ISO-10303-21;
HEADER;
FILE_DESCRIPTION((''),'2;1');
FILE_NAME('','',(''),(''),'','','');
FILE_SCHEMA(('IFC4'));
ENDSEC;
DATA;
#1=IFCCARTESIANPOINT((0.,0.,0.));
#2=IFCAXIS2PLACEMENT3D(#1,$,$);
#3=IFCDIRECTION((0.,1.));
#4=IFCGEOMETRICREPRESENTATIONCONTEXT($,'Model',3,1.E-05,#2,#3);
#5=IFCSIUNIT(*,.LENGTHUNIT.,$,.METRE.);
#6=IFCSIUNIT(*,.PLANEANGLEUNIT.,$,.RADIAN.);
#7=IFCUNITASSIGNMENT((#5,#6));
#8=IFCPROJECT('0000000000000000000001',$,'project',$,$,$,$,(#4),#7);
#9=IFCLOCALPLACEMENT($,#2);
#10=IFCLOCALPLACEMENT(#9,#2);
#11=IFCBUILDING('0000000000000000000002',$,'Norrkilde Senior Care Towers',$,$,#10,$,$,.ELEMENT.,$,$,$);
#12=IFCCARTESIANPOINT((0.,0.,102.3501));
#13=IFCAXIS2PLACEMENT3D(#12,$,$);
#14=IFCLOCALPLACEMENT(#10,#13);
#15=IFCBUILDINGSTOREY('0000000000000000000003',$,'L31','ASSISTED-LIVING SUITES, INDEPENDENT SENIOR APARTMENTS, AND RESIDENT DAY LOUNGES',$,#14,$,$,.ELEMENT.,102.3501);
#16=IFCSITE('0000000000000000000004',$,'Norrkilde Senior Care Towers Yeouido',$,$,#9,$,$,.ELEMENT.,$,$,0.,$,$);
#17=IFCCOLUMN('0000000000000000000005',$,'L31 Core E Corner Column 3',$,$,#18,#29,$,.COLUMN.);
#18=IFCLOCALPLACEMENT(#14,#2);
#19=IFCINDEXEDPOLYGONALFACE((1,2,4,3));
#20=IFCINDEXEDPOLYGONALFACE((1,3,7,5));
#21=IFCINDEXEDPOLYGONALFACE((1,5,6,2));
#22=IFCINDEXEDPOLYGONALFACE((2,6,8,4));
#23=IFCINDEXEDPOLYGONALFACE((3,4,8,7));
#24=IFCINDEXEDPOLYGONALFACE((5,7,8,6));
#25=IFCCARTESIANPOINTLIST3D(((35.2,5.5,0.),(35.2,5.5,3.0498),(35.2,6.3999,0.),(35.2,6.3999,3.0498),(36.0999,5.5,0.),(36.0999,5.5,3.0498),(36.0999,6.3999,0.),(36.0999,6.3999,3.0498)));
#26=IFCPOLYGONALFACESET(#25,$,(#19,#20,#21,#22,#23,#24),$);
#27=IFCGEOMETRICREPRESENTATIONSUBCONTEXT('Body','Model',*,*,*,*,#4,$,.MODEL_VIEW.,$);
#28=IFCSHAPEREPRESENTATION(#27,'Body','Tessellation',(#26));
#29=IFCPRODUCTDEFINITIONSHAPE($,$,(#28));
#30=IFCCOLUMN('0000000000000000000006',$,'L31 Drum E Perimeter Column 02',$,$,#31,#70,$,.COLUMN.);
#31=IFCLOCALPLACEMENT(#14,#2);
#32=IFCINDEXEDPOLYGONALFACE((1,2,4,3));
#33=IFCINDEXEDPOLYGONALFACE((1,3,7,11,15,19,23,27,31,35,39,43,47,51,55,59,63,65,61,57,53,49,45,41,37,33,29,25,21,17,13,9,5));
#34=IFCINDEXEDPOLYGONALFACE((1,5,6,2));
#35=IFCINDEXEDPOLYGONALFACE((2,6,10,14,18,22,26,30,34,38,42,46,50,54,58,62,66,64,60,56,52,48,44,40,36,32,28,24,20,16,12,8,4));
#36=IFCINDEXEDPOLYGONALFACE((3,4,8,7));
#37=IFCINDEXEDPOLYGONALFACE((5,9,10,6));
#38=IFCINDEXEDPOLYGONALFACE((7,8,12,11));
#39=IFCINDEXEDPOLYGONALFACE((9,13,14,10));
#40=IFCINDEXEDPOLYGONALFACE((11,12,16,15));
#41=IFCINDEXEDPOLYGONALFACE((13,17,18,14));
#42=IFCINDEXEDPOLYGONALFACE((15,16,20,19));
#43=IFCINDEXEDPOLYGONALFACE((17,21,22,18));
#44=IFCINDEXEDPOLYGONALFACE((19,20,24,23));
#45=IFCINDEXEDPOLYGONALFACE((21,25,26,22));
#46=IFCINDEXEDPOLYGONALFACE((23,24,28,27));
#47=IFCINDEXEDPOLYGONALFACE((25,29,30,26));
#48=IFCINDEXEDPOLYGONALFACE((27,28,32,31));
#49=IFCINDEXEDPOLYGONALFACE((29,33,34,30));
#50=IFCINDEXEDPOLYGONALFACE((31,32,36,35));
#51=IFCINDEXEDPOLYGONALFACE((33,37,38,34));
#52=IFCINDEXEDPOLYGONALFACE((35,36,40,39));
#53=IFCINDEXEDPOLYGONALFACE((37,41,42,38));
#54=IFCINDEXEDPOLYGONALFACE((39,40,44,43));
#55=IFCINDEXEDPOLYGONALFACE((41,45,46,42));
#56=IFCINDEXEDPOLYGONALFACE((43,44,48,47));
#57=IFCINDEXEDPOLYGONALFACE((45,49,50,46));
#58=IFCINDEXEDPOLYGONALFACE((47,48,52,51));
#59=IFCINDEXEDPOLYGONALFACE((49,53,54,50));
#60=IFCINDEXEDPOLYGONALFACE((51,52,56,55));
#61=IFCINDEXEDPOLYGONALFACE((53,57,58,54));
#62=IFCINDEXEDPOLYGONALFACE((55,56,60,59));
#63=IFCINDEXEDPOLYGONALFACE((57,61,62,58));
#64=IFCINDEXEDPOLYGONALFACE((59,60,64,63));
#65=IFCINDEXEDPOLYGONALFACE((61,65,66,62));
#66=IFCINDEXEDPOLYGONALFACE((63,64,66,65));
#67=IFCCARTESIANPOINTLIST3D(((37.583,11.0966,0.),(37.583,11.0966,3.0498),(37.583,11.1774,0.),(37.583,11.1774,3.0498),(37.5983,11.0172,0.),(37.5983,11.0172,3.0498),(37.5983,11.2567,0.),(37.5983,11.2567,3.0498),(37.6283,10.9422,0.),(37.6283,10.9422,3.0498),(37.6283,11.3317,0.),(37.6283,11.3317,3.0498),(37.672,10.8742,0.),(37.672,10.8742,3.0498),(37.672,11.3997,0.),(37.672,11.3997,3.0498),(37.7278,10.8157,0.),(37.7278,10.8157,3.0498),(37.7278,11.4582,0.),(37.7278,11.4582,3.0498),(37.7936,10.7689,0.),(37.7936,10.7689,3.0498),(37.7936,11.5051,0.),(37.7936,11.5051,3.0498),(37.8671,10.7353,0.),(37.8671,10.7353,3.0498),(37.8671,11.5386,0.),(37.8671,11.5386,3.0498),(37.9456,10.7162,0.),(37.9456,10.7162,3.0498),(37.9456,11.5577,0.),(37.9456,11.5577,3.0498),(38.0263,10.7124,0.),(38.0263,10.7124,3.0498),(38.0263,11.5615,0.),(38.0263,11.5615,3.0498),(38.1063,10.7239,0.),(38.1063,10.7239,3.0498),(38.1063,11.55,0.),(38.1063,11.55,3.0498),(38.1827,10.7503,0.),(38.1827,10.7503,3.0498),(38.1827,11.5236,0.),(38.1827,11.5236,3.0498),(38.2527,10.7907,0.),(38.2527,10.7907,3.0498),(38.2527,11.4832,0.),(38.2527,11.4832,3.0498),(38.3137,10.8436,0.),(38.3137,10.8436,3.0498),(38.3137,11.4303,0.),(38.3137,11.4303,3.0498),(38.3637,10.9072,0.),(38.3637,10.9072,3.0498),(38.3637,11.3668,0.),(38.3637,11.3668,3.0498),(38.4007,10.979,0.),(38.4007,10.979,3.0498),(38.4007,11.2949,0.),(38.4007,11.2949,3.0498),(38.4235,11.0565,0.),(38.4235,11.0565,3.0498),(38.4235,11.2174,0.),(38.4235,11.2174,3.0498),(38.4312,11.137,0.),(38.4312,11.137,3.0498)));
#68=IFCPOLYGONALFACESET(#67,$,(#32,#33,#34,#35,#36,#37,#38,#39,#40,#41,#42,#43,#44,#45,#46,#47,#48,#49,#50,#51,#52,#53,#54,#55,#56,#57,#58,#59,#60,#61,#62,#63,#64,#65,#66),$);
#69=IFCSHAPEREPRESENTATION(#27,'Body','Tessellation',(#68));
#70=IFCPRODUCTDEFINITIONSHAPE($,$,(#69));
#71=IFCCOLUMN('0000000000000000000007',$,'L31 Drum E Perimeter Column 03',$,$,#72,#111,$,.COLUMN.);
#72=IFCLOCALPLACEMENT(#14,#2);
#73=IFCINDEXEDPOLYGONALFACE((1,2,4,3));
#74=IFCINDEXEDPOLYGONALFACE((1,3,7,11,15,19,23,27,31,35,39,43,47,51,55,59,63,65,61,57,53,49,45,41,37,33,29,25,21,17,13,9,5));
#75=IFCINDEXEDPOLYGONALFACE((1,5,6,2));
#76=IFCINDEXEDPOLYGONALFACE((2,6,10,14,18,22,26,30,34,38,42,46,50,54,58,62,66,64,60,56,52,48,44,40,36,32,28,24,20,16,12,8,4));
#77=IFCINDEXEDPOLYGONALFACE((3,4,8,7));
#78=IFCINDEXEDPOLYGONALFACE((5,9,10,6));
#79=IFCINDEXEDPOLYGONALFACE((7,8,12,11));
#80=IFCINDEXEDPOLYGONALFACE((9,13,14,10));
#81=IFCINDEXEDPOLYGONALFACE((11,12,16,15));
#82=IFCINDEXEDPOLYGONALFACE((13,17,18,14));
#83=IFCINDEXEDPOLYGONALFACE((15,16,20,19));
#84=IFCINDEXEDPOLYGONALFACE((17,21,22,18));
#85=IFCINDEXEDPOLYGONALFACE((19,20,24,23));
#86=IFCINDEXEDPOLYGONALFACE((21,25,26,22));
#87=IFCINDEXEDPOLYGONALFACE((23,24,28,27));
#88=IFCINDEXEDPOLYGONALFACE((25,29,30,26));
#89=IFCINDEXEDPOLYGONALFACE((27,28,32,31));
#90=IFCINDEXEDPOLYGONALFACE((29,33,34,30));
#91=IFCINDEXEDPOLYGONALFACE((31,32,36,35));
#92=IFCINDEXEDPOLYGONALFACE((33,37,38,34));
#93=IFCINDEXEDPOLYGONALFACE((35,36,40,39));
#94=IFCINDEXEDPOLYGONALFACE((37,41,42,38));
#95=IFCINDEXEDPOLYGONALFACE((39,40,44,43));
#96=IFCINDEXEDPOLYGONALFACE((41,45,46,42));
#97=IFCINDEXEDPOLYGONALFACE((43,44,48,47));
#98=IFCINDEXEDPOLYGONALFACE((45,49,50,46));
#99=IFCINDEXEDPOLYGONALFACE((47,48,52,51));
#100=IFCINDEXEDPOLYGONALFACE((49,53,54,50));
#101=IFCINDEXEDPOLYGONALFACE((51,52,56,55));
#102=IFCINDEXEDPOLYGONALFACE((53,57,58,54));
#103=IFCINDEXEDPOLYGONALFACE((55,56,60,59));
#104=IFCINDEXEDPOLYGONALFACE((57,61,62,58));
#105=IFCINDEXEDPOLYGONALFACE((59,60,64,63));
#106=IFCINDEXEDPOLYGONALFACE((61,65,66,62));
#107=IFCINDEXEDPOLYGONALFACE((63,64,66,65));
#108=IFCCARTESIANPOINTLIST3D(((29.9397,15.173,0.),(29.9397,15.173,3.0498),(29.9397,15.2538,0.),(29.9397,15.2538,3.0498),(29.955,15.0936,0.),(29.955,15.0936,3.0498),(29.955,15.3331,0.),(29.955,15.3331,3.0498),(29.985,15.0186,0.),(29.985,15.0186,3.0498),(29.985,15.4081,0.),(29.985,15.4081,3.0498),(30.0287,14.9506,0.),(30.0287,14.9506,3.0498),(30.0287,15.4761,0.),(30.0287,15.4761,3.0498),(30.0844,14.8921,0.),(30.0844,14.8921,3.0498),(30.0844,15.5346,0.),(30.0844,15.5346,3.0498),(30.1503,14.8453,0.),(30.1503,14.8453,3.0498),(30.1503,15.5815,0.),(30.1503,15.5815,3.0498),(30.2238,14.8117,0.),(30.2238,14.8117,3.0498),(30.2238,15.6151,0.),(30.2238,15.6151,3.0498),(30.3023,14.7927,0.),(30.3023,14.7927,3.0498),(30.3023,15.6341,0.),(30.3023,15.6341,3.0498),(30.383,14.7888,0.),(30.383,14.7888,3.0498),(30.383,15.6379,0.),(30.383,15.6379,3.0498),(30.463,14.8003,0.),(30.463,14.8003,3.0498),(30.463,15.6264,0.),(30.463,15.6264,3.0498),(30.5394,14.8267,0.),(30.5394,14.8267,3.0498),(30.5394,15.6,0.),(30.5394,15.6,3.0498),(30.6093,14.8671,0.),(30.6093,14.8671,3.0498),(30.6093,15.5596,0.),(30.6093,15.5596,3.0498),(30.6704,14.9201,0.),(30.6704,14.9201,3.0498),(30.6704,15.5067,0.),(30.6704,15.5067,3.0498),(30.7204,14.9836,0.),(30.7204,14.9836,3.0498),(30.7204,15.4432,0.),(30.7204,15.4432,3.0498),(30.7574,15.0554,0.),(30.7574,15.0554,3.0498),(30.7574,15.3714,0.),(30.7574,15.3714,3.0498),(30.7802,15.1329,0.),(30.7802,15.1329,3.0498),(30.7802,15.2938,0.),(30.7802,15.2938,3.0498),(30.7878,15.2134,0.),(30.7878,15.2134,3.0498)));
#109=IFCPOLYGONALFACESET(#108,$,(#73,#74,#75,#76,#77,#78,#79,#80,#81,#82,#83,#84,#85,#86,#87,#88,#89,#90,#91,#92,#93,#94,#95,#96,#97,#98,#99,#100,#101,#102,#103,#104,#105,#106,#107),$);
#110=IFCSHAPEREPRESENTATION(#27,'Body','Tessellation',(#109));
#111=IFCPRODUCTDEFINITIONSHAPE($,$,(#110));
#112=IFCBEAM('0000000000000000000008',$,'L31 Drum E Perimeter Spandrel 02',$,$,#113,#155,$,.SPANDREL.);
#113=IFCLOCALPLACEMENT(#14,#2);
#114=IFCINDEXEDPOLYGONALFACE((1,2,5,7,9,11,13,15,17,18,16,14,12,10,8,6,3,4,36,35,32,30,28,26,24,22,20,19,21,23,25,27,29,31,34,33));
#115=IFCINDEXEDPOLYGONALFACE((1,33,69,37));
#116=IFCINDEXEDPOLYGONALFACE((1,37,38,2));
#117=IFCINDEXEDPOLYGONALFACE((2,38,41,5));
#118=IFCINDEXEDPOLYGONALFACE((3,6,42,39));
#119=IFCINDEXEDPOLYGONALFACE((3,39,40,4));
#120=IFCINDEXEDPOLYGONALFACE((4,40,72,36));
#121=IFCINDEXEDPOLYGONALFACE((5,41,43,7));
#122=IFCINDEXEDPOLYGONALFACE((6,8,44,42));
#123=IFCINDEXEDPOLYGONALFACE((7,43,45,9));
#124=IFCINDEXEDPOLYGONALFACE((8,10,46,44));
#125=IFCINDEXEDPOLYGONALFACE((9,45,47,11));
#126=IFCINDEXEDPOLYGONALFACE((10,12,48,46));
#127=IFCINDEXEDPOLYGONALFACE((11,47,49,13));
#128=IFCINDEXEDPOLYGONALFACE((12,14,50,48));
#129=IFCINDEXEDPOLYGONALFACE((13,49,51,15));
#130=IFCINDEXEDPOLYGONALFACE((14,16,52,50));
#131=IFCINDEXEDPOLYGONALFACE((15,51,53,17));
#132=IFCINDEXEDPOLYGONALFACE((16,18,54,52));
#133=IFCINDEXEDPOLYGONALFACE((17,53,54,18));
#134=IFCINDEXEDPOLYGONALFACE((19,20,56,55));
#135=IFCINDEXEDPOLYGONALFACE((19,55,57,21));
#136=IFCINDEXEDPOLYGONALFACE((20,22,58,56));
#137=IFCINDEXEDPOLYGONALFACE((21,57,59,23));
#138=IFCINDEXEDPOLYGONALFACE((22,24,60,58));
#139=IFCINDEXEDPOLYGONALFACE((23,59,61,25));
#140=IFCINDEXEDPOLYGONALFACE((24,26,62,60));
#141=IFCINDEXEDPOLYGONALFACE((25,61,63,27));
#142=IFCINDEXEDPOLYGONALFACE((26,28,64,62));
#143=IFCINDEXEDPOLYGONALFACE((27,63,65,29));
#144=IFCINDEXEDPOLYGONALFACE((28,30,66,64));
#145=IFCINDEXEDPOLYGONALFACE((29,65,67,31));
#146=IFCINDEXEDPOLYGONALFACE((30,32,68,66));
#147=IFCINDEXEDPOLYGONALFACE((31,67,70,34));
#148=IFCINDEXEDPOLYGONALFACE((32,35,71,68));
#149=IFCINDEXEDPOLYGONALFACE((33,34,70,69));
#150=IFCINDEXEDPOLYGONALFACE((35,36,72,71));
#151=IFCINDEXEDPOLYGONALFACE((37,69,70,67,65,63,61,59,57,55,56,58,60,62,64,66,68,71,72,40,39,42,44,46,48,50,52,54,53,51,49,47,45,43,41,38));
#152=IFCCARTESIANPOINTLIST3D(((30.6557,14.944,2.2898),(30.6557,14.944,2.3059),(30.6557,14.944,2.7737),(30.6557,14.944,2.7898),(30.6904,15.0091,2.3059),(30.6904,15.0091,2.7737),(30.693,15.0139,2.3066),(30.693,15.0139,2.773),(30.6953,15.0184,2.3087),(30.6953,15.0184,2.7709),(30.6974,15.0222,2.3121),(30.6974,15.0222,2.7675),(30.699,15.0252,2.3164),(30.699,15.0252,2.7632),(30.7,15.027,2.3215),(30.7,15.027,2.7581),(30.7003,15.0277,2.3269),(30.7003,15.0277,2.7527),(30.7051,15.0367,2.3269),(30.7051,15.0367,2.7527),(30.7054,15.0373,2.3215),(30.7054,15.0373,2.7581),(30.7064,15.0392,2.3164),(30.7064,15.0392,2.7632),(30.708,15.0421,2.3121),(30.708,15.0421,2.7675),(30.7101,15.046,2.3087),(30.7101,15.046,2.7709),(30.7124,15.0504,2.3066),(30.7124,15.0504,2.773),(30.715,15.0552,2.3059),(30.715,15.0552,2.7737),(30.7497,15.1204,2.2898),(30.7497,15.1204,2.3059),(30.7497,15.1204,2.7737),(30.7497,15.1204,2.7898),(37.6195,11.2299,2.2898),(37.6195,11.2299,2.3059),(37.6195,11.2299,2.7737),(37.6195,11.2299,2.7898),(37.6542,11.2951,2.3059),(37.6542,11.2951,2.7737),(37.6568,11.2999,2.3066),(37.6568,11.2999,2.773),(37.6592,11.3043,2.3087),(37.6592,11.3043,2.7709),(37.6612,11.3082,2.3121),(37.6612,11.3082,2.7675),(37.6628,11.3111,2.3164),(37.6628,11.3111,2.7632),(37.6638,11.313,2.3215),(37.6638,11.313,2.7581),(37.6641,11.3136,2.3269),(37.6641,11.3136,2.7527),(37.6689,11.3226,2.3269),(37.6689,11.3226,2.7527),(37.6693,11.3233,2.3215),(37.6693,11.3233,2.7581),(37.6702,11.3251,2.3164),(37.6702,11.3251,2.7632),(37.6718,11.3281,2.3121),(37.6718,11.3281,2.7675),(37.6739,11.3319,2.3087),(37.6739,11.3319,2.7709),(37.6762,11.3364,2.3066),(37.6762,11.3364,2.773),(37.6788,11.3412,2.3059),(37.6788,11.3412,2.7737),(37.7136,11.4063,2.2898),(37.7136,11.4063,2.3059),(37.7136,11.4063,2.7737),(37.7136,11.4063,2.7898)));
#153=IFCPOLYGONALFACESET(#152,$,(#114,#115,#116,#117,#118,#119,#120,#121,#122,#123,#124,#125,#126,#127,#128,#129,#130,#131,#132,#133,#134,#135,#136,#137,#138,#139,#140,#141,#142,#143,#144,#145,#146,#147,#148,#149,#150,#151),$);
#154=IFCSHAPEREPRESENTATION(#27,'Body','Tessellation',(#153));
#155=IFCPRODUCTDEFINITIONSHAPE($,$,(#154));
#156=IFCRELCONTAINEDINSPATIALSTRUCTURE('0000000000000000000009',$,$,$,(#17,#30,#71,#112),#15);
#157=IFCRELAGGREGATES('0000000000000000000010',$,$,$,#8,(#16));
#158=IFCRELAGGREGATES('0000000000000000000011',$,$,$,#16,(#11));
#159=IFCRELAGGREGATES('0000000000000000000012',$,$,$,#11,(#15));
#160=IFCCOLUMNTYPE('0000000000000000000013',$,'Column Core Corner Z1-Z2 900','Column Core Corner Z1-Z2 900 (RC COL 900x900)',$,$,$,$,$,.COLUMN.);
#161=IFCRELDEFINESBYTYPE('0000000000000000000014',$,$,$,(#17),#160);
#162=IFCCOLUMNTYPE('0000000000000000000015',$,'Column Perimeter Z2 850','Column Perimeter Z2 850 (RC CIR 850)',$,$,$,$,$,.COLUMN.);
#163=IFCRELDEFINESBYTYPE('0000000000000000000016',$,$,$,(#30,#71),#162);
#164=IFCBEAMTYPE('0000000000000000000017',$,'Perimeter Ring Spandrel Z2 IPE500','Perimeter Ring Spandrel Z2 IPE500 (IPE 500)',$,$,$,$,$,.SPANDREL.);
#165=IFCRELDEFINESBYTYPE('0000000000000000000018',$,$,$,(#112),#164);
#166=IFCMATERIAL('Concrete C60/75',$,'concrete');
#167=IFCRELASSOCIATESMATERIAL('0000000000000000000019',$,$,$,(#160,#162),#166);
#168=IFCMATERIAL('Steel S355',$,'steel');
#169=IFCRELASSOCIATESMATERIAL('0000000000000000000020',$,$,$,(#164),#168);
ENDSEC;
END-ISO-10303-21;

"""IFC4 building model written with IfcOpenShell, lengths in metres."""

from ifc_helpers import new_model, si_unit, direction, frame, origin, origin_2d, place, context, subcontext, project, spatial, rectangle, circle, i_section, extrude, source, transform, mapped, material, material_profile, profile_set, type_object, type_shapes, element, save


model = new_model("IFC4")

# Units and contexts
model_context = context("Model", 3, precision=1e-05, world=origin(), true_north=direction((0.0, 1.0)))
body_context = subcontext(model_context, "Body", "Model", "MODEL_VIEW")
ifc_project = project(units=[si_unit("LENGTHUNIT", "METRE"), si_unit("PLANEANGLEUNIT", "RADIAN")], contexts=[model_context])

# Site, building, storey
site_placement = place(None, origin())
site = spatial("IfcSite", under=ifc_project, at=site_placement, Name="Norrkilde Senior Care Towers Yeouido", CompositionType="ELEMENT", RefElevation=0.0)
building_placement = place(site_placement, origin())
building = spatial("IfcBuilding", under=site, at=building_placement, Name="Norrkilde Senior Care Towers", CompositionType="ELEMENT")
storey_placement = place(building_placement, frame((0.0, 0.0, 102.3501)))
storey = spatial("IfcBuildingStorey", under=building, at=storey_placement, Name="L31", Description="ASSISTED-LIVING SUITES, INDEPENDENT SENIOR APARTMENTS, AND RESIDENT DAY LOUNGES", CompositionType="ELEMENT", Elevation=102.3501)

# Columns
ifc_material_1 = material(Name="Concrete C60/75", Category="concrete")
ifc_material_profile_1 = material_profile(ifc_material_1, rectangle(XDim=0.8999, YDim=0.8999, at=origin_2d()), Name="RC COL 900x900")
ifc_profile_set_1 = profile_set([ifc_material_profile_1], Name="Concrete C60/75")
column_type_1 = type_object("IfcColumnType", Name="Column Core Corner Z1-Z2 900", Description="Column Core Corner Z1-Z2 900 (RC COL 900x900)", PredefinedType="COLUMN", material=ifc_profile_set_1)
shared_shape_1 = source(origin(), body_context, "Body", "SweptSolid", [
    extrude(rectangle(XDim=0.8999, YDim=0.8999, at=origin_2d()), origin(), (0.0, 0.0, 1.0), 3.0498),
])
type_shapes(column_type_1, [shared_shape_1])
column_placement = place(storey_placement, frame((35.6499, 5.95, 0.0), z_axis=(0.0, 0.0, 1.0), x_axis=(1.0, 0.0, 0.0)))
element("IfcColumn", 1, at=column_placement, inside=storey, type_object=column_type_1, Name="L31 Core E Corner Column 3", PredefinedType="COLUMN", context=body_context, shape_type="MappedRepresentation", body=[
    mapped(shared_shape_1, transform((0.0, 0.0, 0.0), x_axis=(1.0, 0.0, 0.0), y_axis=(0.0, 1.0, 0.0), z_axis=(0.0, 0.0, 1.0), scale=1.0)),
])
ifc_material_profile_2 = material_profile(ifc_material_1, circle(Radius=0.425, at=origin_2d()), Name="RC CIR 850")
ifc_profile_set_2 = profile_set([ifc_material_profile_2], Name="Concrete C60/75")
column_type_2 = type_object("IfcColumnType", Name="Column Perimeter Z2 850", Description="Column Perimeter Z2 850 (RC CIR 850)", PredefinedType="COLUMN", material=ifc_profile_set_2)
shared_shape_2 = source(origin(), body_context, "Body", "SweptSolid", [
    extrude(circle(Radius=0.425, at=origin_2d()), origin(), (0.0, 0.0, 1.0), 3.0498),
])
type_shapes(column_type_2, [shared_shape_2])
for number, where, z_axis, x_axis, name in (
    (2, (38.0061, 11.137, 0.0), (0.0, 0.0, 1.0), (1.0, 0.0, 0.0), "L31 Drum E Perimeter Column 02"),
    (3, (30.3628, 15.2134, 0.0), (0.0, 0.0, 1.0), (1.0, 0.0, 0.0), "L31 Drum E Perimeter Column 03"),
):
    element("IfcColumn", number, at=place(storey_placement, frame(where, z_axis=z_axis, x_axis=x_axis)), inside=storey, type_object=column_type_2, Name=name, PredefinedType="COLUMN", context=body_context, shape_type="MappedRepresentation", body=[
        mapped(shared_shape_2, transform((0.0, 0.0, 0.0), x_axis=(1.0, 0.0, 0.0), y_axis=(0.0, 1.0, 0.0), z_axis=(0.0, 0.0, 1.0), scale=1.0)),
    ])

# Beam
ifc_material_2 = material(Name="Steel S355", Category="steel")
ifc_material_profile_3 = material_profile(ifc_material_2, i_section(OverallWidth=0.2, OverallDepth=0.5, WebThickness=0.0103, FlangeThickness=0.0161, FilletRadius=0.021, at=origin_2d()), Name="IPE 500")
ifc_profile_set_3 = profile_set([ifc_material_profile_3], Name="Steel S355")
beam_type_1 = type_object("IfcBeamType", Name="Perimeter Ring Spandrel Z2 IPE500", Description="Perimeter Ring Spandrel Z2 IPE500 (IPE 500)", PredefinedType="SPANDREL", material=ifc_profile_set_3)
shared_shape_3 = source(origin(), body_context, "Body", "SweptSolid", [
    extrude(i_section(OverallWidth=0.2, OverallDepth=0.5, WebThickness=0.0103, FlangeThickness=0.0161, FilletRadius=0.021, at=origin_2d()), origin(), (0.0, 0.0, 1.0), 7.8923),
])
beam_1_placement = place(storey_placement, frame((37.6665, 11.3181, 2.5398), z_axis=(-0.88235, 0.470593, 0.0), x_axis=(-0.470593, -0.88235, 0.0)))
element("IfcBeam", 4, at=beam_1_placement, inside=storey, type_object=beam_type_1, Name="L31 Drum E Perimeter Spandrel 02", PredefinedType="SPANDREL", context=body_context, shape_type="MappedRepresentation", body=[
    mapped(shared_shape_3, transform((0.0, 0.0, 0.0), x_axis=(1.0, 0.0, 0.0), y_axis=(0.0, 1.0, 0.0), z_axis=(0.0, 0.0, 1.0), scale=1.0)),
])

save(model, "model.ifc")
